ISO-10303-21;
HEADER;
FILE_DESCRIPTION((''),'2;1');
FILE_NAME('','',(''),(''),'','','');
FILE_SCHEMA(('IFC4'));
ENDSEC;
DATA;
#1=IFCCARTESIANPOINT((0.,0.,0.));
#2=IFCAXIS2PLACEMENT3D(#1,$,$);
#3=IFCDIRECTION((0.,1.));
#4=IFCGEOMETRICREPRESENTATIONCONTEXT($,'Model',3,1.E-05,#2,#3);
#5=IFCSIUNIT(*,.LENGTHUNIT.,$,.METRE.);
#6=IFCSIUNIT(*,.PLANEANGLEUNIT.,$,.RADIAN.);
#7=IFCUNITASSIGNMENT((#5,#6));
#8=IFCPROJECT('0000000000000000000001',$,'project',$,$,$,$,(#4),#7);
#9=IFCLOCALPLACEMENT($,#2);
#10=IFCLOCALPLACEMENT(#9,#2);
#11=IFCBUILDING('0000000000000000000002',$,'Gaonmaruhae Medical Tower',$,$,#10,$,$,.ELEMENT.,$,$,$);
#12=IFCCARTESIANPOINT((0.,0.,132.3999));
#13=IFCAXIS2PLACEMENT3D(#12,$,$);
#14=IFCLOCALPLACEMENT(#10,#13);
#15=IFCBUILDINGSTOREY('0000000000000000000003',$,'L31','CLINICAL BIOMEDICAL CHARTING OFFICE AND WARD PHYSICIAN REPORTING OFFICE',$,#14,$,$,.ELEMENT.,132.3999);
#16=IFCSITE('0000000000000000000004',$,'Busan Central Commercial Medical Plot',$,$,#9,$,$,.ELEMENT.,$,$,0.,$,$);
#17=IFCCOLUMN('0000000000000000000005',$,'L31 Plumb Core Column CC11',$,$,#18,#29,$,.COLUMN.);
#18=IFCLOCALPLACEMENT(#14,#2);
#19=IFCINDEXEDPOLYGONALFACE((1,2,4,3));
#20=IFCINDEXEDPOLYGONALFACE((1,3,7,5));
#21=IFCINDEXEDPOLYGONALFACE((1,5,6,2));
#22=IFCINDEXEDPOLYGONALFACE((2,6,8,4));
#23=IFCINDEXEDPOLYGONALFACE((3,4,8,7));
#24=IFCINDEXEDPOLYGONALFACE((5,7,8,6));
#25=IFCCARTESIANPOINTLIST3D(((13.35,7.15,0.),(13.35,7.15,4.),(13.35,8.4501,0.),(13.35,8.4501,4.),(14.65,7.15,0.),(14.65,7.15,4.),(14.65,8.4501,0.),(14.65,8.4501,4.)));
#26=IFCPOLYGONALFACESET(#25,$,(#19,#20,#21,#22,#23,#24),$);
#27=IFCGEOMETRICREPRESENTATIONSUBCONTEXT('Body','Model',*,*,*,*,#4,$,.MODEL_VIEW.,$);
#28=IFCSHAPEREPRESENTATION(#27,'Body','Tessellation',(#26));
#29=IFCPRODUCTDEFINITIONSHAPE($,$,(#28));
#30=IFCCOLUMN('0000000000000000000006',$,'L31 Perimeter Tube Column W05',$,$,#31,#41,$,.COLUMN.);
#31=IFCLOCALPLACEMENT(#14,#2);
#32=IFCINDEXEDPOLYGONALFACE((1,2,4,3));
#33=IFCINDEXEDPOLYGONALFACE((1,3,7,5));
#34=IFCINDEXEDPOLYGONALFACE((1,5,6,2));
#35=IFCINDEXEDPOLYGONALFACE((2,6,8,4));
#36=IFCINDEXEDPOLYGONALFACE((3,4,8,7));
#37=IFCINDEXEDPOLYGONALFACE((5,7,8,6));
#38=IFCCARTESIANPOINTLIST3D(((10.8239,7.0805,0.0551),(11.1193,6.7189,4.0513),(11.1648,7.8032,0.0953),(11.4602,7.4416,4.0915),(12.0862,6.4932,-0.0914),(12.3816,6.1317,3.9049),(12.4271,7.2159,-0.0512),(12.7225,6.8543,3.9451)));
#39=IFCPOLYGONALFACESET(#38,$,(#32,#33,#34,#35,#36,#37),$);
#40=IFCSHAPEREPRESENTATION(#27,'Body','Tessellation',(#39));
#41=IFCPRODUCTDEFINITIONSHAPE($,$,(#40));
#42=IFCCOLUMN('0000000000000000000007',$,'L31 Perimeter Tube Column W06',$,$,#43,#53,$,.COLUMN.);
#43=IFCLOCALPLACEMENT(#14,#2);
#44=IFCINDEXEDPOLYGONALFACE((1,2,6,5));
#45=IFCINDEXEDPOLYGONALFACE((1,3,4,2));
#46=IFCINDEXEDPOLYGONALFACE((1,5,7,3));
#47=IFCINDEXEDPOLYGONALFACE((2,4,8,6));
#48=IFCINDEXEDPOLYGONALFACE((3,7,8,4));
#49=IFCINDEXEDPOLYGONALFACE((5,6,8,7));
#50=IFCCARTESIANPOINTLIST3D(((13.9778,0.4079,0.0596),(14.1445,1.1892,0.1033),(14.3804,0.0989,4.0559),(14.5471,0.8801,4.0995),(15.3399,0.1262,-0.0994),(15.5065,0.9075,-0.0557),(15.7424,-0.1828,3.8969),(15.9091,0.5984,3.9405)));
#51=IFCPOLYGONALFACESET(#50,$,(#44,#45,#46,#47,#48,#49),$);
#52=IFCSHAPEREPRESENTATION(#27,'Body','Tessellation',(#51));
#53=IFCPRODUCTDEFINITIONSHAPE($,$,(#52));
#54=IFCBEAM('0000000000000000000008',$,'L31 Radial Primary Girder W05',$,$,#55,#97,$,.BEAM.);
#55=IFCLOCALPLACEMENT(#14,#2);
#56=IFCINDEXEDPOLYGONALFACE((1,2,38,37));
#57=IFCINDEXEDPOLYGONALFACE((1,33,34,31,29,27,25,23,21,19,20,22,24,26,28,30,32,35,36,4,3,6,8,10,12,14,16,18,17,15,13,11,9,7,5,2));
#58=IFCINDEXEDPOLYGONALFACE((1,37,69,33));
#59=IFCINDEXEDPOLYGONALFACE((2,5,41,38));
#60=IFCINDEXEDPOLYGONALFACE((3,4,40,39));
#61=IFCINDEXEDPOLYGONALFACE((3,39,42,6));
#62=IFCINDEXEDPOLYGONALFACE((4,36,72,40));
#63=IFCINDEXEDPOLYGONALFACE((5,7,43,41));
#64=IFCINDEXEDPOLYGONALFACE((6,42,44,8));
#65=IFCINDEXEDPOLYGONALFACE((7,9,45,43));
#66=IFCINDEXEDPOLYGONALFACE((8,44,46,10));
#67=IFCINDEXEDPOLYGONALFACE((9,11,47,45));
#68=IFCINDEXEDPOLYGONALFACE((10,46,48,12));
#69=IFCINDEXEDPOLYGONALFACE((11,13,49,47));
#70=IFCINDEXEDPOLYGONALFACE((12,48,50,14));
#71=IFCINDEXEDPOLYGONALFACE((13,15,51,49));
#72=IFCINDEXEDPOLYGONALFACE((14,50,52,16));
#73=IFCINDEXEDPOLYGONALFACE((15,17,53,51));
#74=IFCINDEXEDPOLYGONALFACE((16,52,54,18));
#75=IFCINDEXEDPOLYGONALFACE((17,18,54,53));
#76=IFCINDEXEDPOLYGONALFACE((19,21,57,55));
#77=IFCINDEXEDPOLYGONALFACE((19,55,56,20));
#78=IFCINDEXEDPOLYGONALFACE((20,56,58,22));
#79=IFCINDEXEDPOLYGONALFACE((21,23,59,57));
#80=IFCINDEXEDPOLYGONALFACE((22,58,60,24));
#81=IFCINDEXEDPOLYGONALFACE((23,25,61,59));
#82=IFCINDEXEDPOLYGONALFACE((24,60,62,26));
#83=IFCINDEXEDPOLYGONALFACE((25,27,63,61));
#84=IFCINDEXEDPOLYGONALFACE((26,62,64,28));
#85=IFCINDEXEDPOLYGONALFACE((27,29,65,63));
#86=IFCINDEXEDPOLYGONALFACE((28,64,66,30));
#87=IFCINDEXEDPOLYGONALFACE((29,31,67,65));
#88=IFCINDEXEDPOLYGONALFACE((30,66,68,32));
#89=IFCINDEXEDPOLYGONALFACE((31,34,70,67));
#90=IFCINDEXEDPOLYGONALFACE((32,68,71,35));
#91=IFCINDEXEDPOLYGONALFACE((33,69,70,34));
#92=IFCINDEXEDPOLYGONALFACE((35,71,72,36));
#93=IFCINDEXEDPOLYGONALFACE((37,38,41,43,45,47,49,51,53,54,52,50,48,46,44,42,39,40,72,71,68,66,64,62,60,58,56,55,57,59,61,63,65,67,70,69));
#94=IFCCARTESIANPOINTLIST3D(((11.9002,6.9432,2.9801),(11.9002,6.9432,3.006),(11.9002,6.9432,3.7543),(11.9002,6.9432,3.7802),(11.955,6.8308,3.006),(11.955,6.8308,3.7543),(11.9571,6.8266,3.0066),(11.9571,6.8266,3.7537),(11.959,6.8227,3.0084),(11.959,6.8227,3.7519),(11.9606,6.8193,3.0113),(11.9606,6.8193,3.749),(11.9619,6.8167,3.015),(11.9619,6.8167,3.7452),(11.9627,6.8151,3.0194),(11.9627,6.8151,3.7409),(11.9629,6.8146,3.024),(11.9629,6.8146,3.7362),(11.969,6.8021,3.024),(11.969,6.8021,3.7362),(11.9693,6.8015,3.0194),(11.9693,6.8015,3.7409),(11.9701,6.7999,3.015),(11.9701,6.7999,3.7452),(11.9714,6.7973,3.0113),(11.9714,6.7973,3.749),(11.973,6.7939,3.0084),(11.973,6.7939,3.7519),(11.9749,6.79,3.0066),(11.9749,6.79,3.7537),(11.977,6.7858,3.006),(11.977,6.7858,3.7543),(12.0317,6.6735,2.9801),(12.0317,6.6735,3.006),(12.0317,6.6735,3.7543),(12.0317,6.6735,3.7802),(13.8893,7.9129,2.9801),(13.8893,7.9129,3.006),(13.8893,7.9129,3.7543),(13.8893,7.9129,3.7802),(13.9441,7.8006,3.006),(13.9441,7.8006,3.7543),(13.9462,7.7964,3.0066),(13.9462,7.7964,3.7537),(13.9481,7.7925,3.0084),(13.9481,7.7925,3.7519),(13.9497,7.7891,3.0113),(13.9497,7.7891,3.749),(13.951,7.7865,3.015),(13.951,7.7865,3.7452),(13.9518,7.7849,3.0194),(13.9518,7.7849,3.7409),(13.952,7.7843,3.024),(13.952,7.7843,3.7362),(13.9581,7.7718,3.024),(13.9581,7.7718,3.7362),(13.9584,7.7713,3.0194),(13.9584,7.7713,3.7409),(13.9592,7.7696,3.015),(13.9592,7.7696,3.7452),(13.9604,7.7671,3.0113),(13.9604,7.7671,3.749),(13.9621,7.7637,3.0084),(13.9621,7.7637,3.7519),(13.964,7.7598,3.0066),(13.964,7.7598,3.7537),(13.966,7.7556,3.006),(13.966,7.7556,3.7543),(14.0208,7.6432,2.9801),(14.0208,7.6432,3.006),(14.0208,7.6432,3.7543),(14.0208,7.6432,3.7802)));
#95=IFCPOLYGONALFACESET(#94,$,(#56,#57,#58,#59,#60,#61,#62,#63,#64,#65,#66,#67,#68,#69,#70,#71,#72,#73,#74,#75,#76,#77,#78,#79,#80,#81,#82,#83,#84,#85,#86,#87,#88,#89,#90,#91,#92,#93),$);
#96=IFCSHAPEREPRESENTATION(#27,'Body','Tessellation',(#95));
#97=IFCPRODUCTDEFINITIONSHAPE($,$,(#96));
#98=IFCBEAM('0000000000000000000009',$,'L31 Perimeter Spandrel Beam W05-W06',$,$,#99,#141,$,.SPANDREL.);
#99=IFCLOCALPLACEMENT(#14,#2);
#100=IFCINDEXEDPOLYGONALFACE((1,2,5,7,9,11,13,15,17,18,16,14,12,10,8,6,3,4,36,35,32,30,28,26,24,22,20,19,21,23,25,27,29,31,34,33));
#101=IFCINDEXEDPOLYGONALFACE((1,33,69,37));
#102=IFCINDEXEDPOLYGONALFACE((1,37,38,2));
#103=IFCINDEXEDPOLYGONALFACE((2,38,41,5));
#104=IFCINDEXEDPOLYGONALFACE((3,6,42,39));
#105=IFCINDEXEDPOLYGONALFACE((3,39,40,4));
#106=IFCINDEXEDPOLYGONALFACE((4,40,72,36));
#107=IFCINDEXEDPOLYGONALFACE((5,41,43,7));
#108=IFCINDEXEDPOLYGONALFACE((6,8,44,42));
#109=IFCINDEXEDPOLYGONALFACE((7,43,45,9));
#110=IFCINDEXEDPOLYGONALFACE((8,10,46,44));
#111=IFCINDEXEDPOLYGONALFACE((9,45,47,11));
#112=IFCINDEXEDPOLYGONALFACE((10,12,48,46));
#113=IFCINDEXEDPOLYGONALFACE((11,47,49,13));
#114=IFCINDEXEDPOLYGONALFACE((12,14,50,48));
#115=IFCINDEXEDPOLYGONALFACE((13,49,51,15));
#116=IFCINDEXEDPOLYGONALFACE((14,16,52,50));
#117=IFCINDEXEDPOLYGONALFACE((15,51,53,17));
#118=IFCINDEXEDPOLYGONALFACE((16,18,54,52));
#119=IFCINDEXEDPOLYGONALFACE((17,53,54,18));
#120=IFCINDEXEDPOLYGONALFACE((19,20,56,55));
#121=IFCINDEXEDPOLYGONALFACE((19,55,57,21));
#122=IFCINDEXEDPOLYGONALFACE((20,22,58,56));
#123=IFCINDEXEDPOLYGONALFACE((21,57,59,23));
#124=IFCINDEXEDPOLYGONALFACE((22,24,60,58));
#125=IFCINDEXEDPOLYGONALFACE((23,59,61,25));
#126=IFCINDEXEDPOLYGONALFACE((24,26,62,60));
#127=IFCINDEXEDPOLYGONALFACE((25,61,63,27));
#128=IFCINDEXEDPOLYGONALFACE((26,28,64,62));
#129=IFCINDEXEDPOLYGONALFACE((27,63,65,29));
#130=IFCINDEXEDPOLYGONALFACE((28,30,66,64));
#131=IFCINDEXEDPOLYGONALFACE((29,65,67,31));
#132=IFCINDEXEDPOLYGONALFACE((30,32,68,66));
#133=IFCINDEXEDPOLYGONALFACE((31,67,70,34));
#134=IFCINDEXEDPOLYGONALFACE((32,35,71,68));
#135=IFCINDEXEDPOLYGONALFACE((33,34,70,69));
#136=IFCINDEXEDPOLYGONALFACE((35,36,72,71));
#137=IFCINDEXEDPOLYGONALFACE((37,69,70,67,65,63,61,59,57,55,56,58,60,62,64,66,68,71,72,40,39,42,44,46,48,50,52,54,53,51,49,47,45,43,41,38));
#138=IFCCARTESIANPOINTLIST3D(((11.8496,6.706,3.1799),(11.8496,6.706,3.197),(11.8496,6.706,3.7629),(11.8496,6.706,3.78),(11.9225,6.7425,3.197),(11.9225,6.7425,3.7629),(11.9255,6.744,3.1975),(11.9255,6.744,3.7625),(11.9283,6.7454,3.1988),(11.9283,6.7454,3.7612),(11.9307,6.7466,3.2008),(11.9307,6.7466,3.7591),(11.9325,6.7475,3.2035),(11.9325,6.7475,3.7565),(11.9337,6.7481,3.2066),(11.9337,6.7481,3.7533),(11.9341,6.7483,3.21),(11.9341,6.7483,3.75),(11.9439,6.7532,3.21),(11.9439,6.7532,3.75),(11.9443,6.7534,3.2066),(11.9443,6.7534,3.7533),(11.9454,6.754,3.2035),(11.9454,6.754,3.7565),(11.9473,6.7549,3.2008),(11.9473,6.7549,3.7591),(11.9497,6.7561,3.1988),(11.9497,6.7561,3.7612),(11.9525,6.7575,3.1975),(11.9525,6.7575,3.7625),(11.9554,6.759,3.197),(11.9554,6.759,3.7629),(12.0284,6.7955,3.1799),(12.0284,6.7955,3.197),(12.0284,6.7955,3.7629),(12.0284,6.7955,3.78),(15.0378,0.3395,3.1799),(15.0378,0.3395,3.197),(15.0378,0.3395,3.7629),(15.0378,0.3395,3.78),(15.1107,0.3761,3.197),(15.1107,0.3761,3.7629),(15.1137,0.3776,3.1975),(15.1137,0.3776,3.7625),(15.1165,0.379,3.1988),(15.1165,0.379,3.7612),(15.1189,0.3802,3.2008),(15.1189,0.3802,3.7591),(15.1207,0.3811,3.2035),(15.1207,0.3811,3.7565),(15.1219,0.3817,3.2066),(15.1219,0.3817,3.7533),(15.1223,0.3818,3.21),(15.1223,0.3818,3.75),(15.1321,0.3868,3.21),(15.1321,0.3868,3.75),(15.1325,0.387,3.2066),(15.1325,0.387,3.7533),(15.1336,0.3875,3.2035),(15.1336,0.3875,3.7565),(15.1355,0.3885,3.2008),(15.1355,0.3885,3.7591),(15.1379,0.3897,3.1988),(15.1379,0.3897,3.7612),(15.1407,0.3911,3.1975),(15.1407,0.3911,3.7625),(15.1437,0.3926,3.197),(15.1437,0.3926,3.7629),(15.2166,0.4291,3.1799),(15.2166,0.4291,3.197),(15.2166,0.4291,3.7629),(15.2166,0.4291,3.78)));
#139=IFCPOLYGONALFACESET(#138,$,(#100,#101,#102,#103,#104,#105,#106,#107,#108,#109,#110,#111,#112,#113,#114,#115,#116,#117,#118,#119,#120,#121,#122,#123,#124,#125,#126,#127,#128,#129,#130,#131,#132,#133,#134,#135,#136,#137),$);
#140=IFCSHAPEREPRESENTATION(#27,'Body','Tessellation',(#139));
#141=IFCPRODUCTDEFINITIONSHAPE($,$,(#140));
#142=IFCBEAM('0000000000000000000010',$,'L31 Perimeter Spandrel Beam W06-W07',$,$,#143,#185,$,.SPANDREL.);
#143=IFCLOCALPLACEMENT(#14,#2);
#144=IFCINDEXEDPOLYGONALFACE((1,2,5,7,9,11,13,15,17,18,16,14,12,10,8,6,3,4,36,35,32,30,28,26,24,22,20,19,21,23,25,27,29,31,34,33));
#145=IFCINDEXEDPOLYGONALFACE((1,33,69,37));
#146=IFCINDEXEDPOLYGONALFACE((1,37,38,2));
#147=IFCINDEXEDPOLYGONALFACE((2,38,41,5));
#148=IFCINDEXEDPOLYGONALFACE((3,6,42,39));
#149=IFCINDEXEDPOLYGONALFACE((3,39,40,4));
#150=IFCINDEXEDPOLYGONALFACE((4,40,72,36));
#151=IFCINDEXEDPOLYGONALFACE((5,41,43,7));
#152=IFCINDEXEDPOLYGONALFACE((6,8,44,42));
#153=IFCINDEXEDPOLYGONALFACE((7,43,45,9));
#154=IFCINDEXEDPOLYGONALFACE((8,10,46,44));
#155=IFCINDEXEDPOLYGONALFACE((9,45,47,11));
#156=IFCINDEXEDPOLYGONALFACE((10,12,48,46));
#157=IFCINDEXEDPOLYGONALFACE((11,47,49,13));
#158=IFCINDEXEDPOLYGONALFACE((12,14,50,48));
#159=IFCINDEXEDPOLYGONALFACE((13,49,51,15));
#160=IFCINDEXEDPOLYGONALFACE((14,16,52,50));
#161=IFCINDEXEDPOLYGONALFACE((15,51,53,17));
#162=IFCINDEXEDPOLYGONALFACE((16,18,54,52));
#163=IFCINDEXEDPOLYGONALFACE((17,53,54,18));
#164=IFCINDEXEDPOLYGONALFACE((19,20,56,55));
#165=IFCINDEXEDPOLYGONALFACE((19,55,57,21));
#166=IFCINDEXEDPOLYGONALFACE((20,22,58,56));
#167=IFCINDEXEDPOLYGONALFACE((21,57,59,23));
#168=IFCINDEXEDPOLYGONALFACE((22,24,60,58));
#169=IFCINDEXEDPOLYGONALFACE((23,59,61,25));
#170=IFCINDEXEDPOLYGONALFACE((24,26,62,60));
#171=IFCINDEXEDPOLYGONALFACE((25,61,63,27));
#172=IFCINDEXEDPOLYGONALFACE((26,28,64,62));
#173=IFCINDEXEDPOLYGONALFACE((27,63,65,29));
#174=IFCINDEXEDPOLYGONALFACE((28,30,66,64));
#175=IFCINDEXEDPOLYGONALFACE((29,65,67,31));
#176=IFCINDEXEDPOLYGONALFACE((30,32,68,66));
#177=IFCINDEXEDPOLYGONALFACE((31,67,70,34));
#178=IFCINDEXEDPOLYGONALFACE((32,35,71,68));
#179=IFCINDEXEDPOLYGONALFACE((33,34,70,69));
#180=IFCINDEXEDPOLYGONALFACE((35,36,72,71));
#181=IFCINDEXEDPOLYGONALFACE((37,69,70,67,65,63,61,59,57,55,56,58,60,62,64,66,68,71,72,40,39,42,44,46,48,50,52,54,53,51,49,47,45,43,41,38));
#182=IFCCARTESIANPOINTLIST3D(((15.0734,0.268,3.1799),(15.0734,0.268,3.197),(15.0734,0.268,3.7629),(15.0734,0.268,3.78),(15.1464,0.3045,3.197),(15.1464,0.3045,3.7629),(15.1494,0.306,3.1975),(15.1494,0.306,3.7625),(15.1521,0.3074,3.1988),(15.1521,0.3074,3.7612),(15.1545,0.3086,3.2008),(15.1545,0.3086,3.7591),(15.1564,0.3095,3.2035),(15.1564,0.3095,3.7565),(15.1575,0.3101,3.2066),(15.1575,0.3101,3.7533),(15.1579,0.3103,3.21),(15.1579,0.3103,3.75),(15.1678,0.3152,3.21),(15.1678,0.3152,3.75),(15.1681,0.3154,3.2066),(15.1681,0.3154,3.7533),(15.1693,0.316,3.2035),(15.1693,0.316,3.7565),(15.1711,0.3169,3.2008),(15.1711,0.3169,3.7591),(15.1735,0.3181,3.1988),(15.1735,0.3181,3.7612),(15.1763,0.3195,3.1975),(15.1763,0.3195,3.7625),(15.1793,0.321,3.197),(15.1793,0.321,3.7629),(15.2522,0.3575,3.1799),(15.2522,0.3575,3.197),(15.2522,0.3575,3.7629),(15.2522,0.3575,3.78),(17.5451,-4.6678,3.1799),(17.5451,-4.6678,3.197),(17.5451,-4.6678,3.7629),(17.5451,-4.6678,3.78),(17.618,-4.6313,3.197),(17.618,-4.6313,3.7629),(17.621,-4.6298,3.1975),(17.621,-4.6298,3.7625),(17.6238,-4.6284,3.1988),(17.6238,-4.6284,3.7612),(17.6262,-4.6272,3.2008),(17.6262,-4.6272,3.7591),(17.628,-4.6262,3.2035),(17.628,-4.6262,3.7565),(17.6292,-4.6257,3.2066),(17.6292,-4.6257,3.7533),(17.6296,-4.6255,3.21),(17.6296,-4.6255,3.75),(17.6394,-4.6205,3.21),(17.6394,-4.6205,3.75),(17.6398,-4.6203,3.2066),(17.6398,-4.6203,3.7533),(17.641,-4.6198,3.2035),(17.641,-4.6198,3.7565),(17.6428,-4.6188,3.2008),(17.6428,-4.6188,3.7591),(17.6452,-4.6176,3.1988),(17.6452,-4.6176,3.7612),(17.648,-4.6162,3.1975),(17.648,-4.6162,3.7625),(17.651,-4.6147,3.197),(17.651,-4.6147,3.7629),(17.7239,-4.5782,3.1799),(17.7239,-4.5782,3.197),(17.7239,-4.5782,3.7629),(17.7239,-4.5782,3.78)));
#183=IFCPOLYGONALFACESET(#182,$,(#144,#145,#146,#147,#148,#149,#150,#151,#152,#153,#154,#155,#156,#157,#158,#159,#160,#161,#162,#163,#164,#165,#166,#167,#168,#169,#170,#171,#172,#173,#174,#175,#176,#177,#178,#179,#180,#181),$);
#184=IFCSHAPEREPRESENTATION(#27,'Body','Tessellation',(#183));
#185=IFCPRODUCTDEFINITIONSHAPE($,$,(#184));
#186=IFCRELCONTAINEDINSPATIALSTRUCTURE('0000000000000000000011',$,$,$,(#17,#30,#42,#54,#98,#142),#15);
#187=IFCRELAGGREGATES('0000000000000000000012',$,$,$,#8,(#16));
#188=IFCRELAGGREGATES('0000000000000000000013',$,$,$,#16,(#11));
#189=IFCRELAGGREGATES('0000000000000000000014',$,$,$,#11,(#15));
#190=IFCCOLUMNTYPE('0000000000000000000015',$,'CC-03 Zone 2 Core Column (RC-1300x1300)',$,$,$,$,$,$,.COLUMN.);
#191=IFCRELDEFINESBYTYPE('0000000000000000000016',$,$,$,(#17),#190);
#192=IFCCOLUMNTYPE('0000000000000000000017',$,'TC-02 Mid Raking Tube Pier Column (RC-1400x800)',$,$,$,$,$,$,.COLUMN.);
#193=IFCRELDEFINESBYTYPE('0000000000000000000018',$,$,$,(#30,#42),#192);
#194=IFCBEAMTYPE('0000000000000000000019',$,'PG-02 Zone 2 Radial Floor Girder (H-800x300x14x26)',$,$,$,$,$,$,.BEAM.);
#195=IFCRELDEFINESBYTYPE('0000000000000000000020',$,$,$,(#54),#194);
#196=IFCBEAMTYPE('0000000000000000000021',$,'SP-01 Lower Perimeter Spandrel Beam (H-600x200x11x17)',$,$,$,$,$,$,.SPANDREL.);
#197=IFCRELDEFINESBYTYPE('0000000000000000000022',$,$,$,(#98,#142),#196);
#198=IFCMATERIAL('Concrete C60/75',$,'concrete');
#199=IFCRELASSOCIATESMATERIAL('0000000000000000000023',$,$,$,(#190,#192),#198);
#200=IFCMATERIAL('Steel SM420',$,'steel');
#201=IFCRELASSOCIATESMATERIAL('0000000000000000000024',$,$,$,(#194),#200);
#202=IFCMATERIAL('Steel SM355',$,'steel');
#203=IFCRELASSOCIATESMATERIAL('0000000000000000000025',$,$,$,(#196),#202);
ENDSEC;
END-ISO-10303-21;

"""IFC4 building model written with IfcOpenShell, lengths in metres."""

from ifc_helpers import new_model, si_unit, direction, frame, origin, origin_2d, place, context, subcontext, project, spatial, rectangle, i_section, extrude, material, material_profile, profile_set, type_object, element, save


model = new_model("IFC4")

# Units and contexts
model_context = context("Model", 3, precision=1e-05, world=origin(), true_north=direction((0.0, 1.0)))
body_context = subcontext(model_context, "Body", "Model", "MODEL_VIEW")
ifc_project = project(units=[si_unit("LENGTHUNIT", "METRE"), si_unit("PLANEANGLEUNIT", "RADIAN")], contexts=[model_context])

# Site, building, storey
site_placement = place(None, origin())
site = spatial("IfcSite", under=ifc_project, at=site_placement, Name="Busan Central Commercial Medical Plot", CompositionType="ELEMENT", RefElevation=0.0)
building_placement = place(site_placement, origin())
building = spatial("IfcBuilding", under=site, at=building_placement, Name="Gaonmaruhae Medical Tower", CompositionType="ELEMENT")
storey_placement = place(building_placement, frame((0.0, 0.0, 132.3999)))
storey = spatial("IfcBuildingStorey", under=building, at=storey_placement, Name="L31", Description="CLINICAL BIOMEDICAL CHARTING OFFICE AND WARD PHYSICIAN REPORTING OFFICE", CompositionType="ELEMENT", Elevation=132.3999)

# Columns
ifc_material_1 = material(Name="Concrete C60/75", Category="concrete")
ifc_material_profile_1 = material_profile(ifc_material_1, rectangle(XDim=1.3, YDim=1.3, at=origin_2d()), Name="RC-1300x1300")
ifc_profile_set_1 = profile_set([ifc_material_profile_1], Name="Concrete C60/75")
column_type_1 = type_object("IfcColumnType", Name="CC-03 Zone 2 Core Column (RC-1300x1300)", PredefinedType="COLUMN", material=ifc_profile_set_1)
column_1_placement = place(storey_placement, frame((14.0, 7.8, 0.0), z_axis=(0.0, 0.0, 1.0), x_axis=(1.0, 0.0, 0.0)))
element("IfcColumn", 1, at=column_1_placement, inside=storey, type_object=column_type_1, Name="L31 Plumb Core Column CC11", PredefinedType="COLUMN", context=body_context, shape_type="SweptSolid", body=[
    extrude(rectangle(XDim=1.3, YDim=1.3, at=origin_2d()), origin(), (0.0, 0.0, 1.0), 4.0),
])
ifc_material_profile_2 = material_profile(ifc_material_1, rectangle(XDim=1.3999, YDim=0.8, at=origin_2d()), Name="RC-1400x800")
ifc_profile_set_2 = profile_set([ifc_material_profile_2], Name="Concrete C60/75")
column_type_2 = type_object("IfcColumnType", Name="TC-02 Mid Raking Tube Pier Column (RC-1400x800)", PredefinedType="COLUMN", material=ifc_profile_set_2)
column_2_placement = place(storey_placement, frame((11.6255, 7.1482, 0.002), z_axis=(0.073421, -0.089865, 0.993244), x_axis=(-0.901711, 0.419493, 0.104609)))
element("IfcColumn", 2, at=column_2_placement, inside=storey, type_object=column_type_2, Name="L31 Perimeter Tube Column W05", PredefinedType="COLUMN", context=body_context, shape_type="SweptSolid", body=[
    extrude(rectangle(XDim=1.3999, YDim=0.8, at=origin_2d()), origin(), (0.0, 0.0, 1.0), 4.0234),
])
column_3_placement = place(storey_placement, frame((14.7422, 0.6577, 0.002), z_axis=(0.099936, -0.076725, 0.992031), x_axis=(-0.972938, 0.201229, 0.113576)))
element("IfcColumn", 3, at=column_3_placement, inside=storey, type_object=column_type_2, Name="L31 Perimeter Tube Column W06", PredefinedType="COLUMN", context=body_context, shape_type="SweptSolid", body=[
    extrude(rectangle(XDim=1.3999, YDim=0.8, at=origin_2d()), origin(), (0.0, 0.0, 1.0), 4.0283),
])

# Beams
ifc_material_2 = material(Name="Steel SM420", Category="steel")
ifc_material_profile_3 = material_profile(ifc_material_2, i_section(OverallWidth=0.3, OverallDepth=0.8, WebThickness=0.0139, FlangeThickness=0.0259, FilletRadius=0.0181, at=origin_2d()), Name="H-800x300x14x26")
ifc_profile_set_3 = profile_set([ifc_material_profile_3], Name="Steel SM420")
beam_type_1 = type_object("IfcBeamType", Name="PG-02 Zone 2 Radial Floor Girder (H-800x300x14x26)", PredefinedType="BEAM", material=ifc_profile_set_3)
beam_1_placement = place(storey_placement, frame((13.9551, 7.7781, 3.3801), z_axis=(-0.898862, -0.438232, 0.0), x_axis=(0.438232, -0.898862, 0.0)))
element("IfcBeam", 4, at=beam_1_placement, inside=storey, type_object=beam_type_1, Name="L31 Radial Primary Girder W05", PredefinedType="BEAM", context=body_context, shape_type="SweptSolid", body=[
    extrude(i_section(OverallWidth=0.3, OverallDepth=0.8, WebThickness=0.0139, FlangeThickness=0.0259, FilletRadius=0.0181, at=origin_2d()), origin(), (0.0, 0.0, 1.0), 2.2129),
])
ifc_material_3 = material(Name="Steel SM355", Category="steel")
ifc_material_profile_4 = material_profile(ifc_material_3, i_section(OverallWidth=0.2, OverallDepth=0.6001, WebThickness=0.011, FlangeThickness=0.0171, FilletRadius=0.0129, at=origin_2d()), Name="H-600x200x11x17")
ifc_profile_set_4 = profile_set([ifc_material_profile_4], Name="Steel SM355")
beam_type_2 = type_object("IfcBeamType", Name="SP-01 Lower Perimeter Spandrel Beam (H-600x200x11x17)", PredefinedType="SPANDREL", material=ifc_profile_set_4)
beam_2_placement = place(storey_placement, frame((11.939, 6.7507, 3.48), z_axis=(0.447776, -0.894146, 0.0), x_axis=(0.894146, 0.447776, 0.0)))
element("IfcBeam", 5, at=beam_2_placement, inside=storey, type_object=beam_type_2, Name="L31 Perimeter Spandrel Beam W05-W06", PredefinedType="SPANDREL", context=body_context, shape_type="SweptSolid", body=[
    extrude(i_section(OverallWidth=0.2, OverallDepth=0.6001, WebThickness=0.011, FlangeThickness=0.0171, FilletRadius=0.0129, at=origin_2d()), origin(), (0.0, 0.0, 1.0), 7.1201),
])
beam_3_placement = place(storey_placement, frame((15.1628, 0.3127, 3.48), z_axis=(0.447762, -0.894153, 0.0), x_axis=(0.894153, 0.447762, 0.0)))
element("IfcBeam", 6, at=beam_3_placement, inside=storey, type_object=beam_type_2, Name="L31 Perimeter Spandrel Beam W06-W07", PredefinedType="SPANDREL", context=body_context, shape_type="SweptSolid", body=[
    extrude(i_section(OverallWidth=0.2, OverallDepth=0.6001, WebThickness=0.011, FlangeThickness=0.0171, FilletRadius=0.0129, at=origin_2d()), origin(), (0.0, 0.0, 1.0), 5.52),
])

save(model, "model.ifc")
